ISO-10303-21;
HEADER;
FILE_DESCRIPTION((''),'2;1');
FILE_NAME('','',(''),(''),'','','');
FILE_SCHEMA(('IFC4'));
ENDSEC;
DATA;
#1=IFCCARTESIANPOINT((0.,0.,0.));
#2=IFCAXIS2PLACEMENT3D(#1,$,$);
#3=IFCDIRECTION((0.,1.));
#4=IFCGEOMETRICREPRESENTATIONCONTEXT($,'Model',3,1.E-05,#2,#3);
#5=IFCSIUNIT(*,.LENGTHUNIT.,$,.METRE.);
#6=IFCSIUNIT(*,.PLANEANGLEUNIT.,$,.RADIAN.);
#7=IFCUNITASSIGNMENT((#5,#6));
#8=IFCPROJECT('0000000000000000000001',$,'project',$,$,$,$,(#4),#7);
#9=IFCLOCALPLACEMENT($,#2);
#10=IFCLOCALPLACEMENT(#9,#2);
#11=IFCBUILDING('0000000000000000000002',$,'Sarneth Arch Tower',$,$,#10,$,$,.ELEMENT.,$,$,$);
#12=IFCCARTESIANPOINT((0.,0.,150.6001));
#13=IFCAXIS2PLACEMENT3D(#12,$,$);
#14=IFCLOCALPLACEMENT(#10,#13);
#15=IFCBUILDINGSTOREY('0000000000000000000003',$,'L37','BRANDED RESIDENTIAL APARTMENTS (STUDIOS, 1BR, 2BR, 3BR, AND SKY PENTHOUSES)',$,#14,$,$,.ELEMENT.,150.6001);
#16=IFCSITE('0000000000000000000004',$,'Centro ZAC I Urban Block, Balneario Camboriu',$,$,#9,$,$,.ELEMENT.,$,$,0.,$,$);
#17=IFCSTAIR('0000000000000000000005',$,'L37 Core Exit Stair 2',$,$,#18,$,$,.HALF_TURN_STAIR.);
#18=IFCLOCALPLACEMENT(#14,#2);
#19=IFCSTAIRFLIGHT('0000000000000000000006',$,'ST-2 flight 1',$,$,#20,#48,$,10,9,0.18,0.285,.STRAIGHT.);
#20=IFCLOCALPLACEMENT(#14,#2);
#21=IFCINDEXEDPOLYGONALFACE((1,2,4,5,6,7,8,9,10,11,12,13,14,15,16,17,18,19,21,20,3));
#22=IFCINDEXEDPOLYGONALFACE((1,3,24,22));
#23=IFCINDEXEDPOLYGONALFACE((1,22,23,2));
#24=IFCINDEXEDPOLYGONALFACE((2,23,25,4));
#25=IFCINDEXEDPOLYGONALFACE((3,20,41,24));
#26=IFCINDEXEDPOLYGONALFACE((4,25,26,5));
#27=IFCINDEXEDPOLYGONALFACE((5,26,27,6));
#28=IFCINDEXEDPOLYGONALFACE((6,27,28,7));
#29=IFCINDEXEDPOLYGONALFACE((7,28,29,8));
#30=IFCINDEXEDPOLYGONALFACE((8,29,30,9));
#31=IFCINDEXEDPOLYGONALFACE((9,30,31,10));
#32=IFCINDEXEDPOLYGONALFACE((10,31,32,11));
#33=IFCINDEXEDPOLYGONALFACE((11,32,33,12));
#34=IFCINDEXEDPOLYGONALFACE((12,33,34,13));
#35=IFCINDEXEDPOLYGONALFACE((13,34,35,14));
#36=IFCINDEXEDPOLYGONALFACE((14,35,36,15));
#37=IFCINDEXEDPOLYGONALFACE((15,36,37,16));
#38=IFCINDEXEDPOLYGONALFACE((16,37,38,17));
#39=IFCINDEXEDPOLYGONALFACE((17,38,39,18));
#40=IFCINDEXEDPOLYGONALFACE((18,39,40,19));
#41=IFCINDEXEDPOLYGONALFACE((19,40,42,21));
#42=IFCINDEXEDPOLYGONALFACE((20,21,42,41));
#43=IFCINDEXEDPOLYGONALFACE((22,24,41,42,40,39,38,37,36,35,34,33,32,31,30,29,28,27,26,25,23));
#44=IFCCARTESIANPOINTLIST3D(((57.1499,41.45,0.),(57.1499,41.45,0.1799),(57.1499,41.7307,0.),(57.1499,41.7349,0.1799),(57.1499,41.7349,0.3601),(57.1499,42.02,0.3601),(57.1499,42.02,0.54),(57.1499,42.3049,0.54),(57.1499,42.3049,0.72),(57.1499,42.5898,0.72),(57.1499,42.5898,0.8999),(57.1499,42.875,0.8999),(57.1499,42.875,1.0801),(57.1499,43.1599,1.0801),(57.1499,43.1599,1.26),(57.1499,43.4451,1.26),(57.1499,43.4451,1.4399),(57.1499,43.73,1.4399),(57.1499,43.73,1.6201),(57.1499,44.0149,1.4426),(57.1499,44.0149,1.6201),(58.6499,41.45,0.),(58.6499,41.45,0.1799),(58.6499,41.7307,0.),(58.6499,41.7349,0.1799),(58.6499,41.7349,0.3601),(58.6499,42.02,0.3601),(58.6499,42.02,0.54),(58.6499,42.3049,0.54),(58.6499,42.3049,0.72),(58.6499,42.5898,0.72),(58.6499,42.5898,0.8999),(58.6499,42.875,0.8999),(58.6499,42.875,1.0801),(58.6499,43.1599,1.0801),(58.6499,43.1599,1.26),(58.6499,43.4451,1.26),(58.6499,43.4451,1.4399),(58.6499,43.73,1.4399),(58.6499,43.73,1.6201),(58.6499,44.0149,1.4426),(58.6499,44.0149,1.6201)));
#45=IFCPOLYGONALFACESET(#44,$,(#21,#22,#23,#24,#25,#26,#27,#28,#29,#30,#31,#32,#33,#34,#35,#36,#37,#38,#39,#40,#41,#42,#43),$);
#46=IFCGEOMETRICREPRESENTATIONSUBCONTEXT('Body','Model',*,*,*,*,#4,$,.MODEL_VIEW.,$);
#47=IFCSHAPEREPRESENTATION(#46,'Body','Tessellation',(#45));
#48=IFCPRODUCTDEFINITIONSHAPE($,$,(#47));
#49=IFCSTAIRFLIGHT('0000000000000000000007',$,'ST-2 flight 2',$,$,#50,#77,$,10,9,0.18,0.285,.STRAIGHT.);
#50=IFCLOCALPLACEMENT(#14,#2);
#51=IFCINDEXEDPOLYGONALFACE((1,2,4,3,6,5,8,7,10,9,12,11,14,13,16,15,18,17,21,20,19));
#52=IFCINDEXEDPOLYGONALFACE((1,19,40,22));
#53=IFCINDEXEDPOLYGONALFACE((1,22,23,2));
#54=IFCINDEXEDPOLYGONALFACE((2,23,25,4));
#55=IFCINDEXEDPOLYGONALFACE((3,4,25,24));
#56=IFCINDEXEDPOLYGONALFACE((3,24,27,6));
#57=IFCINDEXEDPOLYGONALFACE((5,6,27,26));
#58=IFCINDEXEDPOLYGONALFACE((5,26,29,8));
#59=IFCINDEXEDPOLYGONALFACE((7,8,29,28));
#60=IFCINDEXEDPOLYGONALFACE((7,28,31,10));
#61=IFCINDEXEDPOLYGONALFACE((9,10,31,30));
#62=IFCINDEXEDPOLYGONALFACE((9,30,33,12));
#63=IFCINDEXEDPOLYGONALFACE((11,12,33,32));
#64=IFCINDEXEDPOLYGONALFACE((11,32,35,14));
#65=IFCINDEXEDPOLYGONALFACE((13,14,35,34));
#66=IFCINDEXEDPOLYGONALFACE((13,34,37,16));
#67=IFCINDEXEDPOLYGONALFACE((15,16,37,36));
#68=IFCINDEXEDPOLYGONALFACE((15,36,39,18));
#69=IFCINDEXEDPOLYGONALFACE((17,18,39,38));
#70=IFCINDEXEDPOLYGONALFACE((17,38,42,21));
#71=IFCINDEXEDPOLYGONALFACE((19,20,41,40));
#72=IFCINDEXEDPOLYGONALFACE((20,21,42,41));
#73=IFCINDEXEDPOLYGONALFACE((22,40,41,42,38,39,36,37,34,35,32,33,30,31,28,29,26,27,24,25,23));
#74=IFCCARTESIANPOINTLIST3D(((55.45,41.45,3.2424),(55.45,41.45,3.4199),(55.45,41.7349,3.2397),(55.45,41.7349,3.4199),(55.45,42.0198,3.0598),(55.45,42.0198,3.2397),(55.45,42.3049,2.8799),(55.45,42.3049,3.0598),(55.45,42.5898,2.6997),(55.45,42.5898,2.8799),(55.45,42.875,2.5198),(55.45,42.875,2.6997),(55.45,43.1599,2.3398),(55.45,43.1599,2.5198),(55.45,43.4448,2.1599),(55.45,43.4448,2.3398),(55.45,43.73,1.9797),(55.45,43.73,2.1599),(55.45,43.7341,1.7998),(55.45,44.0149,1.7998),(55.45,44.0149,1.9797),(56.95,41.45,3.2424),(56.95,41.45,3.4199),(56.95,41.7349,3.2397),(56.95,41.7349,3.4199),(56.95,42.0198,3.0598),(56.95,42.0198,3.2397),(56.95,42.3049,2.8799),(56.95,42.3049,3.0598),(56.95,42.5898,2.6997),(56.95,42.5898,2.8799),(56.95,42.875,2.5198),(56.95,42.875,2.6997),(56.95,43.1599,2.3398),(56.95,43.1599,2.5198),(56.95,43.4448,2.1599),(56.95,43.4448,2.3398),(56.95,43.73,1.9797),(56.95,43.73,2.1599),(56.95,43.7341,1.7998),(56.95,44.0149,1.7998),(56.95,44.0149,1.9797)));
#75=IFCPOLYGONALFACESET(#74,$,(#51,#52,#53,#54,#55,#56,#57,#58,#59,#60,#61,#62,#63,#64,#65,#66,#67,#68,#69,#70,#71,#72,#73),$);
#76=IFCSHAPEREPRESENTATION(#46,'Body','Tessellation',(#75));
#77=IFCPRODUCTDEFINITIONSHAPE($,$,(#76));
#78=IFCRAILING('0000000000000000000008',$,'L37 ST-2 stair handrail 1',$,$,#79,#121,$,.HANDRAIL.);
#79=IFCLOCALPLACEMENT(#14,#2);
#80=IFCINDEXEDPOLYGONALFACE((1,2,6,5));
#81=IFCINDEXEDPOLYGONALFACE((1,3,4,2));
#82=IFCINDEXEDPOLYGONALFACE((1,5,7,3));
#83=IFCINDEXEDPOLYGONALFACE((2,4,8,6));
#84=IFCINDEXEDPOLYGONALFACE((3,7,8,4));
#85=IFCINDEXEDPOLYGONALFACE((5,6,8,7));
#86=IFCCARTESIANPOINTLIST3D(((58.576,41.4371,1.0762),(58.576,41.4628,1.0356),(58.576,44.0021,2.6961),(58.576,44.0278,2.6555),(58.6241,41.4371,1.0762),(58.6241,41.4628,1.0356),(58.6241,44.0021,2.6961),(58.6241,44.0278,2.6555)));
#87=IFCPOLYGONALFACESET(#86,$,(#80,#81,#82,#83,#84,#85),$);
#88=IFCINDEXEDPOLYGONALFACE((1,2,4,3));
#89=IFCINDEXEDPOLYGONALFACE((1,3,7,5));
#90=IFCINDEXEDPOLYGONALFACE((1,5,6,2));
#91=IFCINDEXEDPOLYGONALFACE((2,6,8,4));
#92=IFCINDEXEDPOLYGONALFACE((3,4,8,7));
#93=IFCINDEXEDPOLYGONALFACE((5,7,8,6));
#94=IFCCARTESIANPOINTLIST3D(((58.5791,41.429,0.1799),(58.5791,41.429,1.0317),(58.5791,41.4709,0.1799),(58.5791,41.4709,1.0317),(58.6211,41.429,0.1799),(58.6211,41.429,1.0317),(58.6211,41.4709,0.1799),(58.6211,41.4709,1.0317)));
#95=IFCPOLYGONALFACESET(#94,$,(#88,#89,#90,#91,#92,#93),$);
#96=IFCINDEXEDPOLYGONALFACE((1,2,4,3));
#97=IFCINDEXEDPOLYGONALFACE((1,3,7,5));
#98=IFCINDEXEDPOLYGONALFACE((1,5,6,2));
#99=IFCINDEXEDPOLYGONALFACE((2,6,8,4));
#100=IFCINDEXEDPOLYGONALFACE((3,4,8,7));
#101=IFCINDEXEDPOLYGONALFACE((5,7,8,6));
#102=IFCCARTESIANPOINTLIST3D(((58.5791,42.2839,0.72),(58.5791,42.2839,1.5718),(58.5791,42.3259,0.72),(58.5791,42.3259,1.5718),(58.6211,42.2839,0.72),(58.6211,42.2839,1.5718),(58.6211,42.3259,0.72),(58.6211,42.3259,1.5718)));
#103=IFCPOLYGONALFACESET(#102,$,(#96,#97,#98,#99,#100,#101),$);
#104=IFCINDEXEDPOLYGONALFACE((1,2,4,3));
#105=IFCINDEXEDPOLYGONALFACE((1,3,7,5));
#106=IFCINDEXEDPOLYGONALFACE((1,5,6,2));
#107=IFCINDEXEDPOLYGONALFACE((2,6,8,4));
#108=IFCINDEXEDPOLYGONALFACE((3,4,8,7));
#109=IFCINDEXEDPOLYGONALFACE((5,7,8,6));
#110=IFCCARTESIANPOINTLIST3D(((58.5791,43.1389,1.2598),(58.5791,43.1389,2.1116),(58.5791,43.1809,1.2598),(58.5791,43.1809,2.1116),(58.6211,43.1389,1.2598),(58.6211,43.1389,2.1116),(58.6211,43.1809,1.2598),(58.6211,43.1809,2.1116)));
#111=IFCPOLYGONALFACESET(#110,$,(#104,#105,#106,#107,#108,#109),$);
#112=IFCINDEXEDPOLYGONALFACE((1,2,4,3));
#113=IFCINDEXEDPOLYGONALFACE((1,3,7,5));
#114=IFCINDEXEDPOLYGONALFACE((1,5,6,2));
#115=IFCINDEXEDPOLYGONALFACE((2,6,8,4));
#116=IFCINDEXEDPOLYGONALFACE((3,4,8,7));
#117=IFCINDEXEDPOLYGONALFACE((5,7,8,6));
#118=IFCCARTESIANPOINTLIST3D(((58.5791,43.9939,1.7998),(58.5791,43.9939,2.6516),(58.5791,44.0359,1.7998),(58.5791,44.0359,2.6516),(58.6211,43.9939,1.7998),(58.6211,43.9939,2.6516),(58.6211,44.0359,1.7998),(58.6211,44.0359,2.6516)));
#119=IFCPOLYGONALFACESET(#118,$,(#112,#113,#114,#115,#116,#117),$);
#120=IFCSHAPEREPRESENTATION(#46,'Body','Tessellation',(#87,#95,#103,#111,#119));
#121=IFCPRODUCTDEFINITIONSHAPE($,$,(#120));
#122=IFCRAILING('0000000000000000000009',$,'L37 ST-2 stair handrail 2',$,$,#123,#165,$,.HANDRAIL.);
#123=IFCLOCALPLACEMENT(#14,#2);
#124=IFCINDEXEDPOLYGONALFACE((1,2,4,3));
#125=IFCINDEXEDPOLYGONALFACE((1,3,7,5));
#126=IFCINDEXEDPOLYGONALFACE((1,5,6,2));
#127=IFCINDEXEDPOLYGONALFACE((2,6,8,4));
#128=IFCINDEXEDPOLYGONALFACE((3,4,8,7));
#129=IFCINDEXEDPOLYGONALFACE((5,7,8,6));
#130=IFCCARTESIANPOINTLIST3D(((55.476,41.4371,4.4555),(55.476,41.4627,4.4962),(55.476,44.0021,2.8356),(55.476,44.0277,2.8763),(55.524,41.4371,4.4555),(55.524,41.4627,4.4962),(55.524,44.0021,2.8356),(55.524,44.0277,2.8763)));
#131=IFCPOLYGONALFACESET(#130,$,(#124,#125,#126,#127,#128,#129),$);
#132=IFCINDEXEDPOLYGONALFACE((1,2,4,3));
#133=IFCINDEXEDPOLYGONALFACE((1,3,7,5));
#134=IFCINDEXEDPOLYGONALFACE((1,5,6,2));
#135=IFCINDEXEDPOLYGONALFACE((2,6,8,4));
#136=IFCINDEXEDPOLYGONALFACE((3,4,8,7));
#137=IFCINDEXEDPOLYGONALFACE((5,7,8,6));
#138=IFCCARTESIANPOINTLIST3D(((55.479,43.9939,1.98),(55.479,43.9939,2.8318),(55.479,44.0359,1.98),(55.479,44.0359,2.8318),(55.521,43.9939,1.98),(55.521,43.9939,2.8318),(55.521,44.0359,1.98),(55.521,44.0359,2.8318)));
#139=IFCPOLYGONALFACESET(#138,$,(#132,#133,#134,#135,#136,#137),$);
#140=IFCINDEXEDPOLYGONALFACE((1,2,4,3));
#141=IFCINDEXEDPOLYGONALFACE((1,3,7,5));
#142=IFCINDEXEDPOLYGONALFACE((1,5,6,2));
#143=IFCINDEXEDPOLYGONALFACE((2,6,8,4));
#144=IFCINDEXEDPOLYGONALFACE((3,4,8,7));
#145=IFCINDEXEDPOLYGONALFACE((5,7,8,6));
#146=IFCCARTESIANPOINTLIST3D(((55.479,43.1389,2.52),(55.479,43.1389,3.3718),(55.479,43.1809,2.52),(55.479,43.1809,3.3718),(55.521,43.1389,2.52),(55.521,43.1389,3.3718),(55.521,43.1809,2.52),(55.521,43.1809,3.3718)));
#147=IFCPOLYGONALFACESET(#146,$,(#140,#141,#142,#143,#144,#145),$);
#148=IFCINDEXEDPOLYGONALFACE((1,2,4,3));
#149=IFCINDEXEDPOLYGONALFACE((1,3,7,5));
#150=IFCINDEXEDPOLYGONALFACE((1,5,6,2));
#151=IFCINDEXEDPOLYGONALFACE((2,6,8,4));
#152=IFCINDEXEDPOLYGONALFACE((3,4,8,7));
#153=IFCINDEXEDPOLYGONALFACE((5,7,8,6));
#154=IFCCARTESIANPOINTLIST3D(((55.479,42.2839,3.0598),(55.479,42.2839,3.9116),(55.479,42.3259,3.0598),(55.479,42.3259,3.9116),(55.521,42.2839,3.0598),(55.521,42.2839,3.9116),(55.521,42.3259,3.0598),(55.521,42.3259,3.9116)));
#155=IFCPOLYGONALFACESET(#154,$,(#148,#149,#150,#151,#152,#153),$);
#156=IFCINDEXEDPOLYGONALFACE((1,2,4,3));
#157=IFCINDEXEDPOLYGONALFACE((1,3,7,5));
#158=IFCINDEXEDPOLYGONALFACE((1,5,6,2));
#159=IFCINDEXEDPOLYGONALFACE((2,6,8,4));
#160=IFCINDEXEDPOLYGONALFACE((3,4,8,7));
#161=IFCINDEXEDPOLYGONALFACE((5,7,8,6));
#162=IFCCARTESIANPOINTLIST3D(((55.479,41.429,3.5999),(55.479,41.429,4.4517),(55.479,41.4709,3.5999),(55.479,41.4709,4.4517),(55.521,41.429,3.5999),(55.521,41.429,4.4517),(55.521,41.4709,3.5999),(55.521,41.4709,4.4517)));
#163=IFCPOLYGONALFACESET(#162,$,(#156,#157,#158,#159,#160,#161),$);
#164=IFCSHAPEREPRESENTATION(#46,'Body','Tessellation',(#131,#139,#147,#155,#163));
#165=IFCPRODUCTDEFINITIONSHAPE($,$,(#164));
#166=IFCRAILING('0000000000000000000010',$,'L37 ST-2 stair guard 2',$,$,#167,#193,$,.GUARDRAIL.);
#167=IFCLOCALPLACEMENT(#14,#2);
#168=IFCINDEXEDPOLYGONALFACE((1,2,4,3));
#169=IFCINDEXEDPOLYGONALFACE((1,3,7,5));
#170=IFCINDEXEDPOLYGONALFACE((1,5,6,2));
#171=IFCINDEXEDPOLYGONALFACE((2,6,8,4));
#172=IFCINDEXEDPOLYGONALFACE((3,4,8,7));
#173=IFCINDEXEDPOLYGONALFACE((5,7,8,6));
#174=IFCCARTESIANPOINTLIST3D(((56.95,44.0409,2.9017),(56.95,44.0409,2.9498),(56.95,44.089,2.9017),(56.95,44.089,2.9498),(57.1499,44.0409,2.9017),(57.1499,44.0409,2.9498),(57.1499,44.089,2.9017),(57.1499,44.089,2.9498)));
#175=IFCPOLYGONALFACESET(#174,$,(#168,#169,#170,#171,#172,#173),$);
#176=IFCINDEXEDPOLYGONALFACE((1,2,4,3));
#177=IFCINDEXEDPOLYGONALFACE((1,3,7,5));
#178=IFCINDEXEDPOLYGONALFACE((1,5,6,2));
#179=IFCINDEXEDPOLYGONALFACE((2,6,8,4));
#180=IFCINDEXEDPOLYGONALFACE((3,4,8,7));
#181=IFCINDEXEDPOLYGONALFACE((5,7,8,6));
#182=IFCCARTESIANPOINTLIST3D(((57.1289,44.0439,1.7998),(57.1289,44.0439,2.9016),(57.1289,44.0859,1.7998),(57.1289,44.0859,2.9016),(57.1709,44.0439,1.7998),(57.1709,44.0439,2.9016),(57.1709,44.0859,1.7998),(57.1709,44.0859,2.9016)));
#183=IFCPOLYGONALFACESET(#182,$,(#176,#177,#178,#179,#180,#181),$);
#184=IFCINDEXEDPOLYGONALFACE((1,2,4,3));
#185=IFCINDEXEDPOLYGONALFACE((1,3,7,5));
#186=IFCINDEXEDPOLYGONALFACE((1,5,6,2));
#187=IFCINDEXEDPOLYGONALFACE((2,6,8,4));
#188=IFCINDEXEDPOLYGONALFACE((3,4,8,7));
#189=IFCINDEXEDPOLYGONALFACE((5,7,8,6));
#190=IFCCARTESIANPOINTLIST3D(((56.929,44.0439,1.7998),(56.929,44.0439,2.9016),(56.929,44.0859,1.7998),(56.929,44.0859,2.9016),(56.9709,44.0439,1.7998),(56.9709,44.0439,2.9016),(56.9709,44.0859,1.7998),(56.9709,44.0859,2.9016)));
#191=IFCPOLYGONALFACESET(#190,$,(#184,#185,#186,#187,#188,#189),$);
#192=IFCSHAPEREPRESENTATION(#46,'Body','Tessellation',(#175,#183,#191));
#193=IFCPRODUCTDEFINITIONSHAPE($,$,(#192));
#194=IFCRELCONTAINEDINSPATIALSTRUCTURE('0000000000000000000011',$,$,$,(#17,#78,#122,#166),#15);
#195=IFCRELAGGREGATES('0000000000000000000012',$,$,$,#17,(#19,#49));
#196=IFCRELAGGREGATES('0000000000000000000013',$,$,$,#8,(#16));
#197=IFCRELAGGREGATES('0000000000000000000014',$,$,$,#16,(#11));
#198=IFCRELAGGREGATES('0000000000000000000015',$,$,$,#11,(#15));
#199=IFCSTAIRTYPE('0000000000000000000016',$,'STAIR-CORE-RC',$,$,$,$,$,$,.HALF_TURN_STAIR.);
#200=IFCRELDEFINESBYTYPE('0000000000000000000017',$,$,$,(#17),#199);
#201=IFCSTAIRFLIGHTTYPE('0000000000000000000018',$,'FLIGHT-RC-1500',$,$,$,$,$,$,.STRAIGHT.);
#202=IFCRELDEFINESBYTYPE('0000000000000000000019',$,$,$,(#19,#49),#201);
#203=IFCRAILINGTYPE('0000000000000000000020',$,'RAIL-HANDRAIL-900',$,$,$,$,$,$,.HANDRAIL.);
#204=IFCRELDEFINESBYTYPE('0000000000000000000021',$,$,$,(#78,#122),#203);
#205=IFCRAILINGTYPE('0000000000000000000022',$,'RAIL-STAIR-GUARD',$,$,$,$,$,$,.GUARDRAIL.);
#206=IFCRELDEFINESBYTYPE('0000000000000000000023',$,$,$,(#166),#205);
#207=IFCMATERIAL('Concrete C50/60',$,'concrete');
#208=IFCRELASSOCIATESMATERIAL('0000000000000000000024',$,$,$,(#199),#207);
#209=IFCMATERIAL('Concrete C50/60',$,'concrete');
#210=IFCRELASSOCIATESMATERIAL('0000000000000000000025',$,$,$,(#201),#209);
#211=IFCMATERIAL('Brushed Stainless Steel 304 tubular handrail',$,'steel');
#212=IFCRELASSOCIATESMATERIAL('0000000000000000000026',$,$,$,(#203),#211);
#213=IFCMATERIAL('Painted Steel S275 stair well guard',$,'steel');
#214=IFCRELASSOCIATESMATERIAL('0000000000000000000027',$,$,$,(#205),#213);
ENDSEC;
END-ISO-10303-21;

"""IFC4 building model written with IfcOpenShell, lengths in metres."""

from ifc_helpers import new_model, si_unit, direction, frame, origin, origin_2d, place, context, subcontext, project, spatial, polyline, rectangle, outline, extrude, material, type_object, element, aggregate, save


model = new_model("IFC4")

# Units and contexts
model_context = context("Model", 3, precision=1e-05, world=origin(), true_north=direction((0.0, 1.0)))
body_context = subcontext(model_context, "Body", "Model", "MODEL_VIEW")
ifc_project = project(units=[si_unit("LENGTHUNIT", "METRE"), si_unit("PLANEANGLEUNIT", "RADIAN")], contexts=[model_context])

# Site, building, storey
site_placement = place(None, origin())
site = spatial("IfcSite", under=ifc_project, at=site_placement, Name="Centro ZAC I Urban Block, Balneario Camboriu", CompositionType="ELEMENT", RefElevation=0.0)
building_placement = place(site_placement, origin())
building = spatial("IfcBuilding", under=site, at=building_placement, Name="Sarneth Arch Tower", CompositionType="ELEMENT")
storey_placement = place(building_placement, frame((0.0, 0.0, 150.6001)))
storey = spatial("IfcBuildingStorey", under=building, at=storey_placement, Name="L37", Description="BRANDED RESIDENTIAL APARTMENTS (STUDIOS, 1BR, 2BR, 3BR, AND SKY PENTHOUSES)", CompositionType="ELEMENT", Elevation=150.6001)

# Stair, stair flights
ifc_material_1 = material(Name="Concrete C50/60", Category="concrete")
stair_type = type_object("IfcStairType", Name="STAIR-CORE-RC", PredefinedType="HALF_TURN_STAIR", material=ifc_material_1)
stair_placement = place(storey_placement, origin())
stair = element("IfcStair", 1, at=stair_placement, inside=storey, type_object=stair_type, Name="L37 Core Exit Stair 2", PredefinedType="HALF_TURN_STAIR")
ifc_material_2 = material(Name="Concrete C50/60", Category="concrete")
stair_flight_type = type_object("IfcStairFlightType", Name="FLIGHT-RC-1500", PredefinedType="STRAIGHT", material=ifc_material_2)
stair_flight_1_placement = place(storey_placement, frame((57.8999, 41.45, 0.0), z_axis=(0.0, 0.0, 1.0), x_axis=(0.0, 1.0, 0.0)))
stair_flight_1 = element("IfcStairFlight", 2, at=stair_flight_1_placement, type_object=stair_flight_type, Name="ST-2 flight 1", NumberOfRisers=10, NumberOfTreads=9, PredefinedType="STRAIGHT", RiserHeight=0.18, TreadLength=0.285, context=body_context, shape_type="SweptSolid", body=[
    extrude(outline(polyline([(0.0, 0.0), (0.0, 0.1799), (0.2849, 0.1799), (0.2849, 0.3601), (0.5701, 0.3601), (0.5701, 0.54), (0.855, 0.54), (0.855, 0.72), (1.1399, 0.72), (1.1399, 0.8999), (1.425, 0.8999), (1.425, 1.0801), (1.71, 1.0801), (1.71, 1.26), (1.9951, 1.26), (1.9951, 1.4399), (2.28, 1.4399), (2.28, 1.6201), (2.5649, 1.6201), (2.5649, 1.8), (2.5649, 1.4426), (0.2808, 0.0), (0.0, 0.0)])), frame((0.0, 0.75, 0.0), z_axis=(0.0, -1.0, 0.0), x_axis=(1.0, 0.0, 0.0)), (0.0, 0.0, 1.0), 1.5),
])
stair_flight_2_placement = place(storey_placement, frame((56.2, 44.0149, 1.7998), z_axis=(0.0, 0.0, 1.0), x_axis=(0.0, -1.0, 0.0)))
stair_flight_2 = element("IfcStairFlight", 3, at=stair_flight_2_placement, type_object=stair_flight_type, Name="ST-2 flight 2", NumberOfRisers=10, NumberOfTreads=9, PredefinedType="STRAIGHT", RiserHeight=0.18, TreadLength=0.285, context=body_context, shape_type="SweptSolid", body=[
    extrude(outline(polyline([(0.0, 0.0), (0.0, 0.1799), (0.2849, 0.1799), (0.2849, 0.3601), (0.5701, 0.3601), (0.5701, 0.54), (0.855, 0.54), (0.855, 0.72), (1.1399, 0.72), (1.1399, 0.8999), (1.425, 0.8999), (1.425, 1.0801), (1.71, 1.0801), (1.71, 1.26), (1.9951, 1.26), (1.9951, 1.4399), (2.28, 1.4399), (2.28, 1.6201), (2.5649, 1.6201), (2.5649, 1.8), (2.5649, 1.4426), (0.2808, 0.0), (0.0, 0.0)])), frame((0.0, 0.75, 0.0), z_axis=(0.0, -1.0, 0.0), x_axis=(1.0, 0.0, 0.0)), (0.0, 0.0, 1.0), 1.5),
])
aggregate(stair, [stair_flight_1, stair_flight_2])

# Railings
ifc_material_3 = material(Name="Brushed Stainless Steel 304 tubular handrail", Category="steel")
railing_type_1 = type_object("IfcRailingType", Name="RAIL-HANDRAIL-900", PredefinedType="HANDRAIL", material=ifc_material_3)
railing_1_placement = place(storey_placement, frame((58.6001, 41.45, 0.1799)))
element("IfcRailing", 4, at=railing_1_placement, inside=storey, type_object=railing_type_1, Name="L37 ST-2 stair handrail 1", PredefinedType="HANDRAIL", context=body_context, shape_type="SweptSolid", body=[
    extrude(rectangle(XDim=0.0481, YDim=0.0481, at=origin_2d()), frame((0.0, 0.0, 0.876), z_axis=(0.0, 0.845502, 0.533972), x_axis=(-1.0, 0.0, 0.0)), (0.0, 0.0, 1.0), 3.0337),
    extrude(rectangle(XDim=0.042, YDim=0.042, at=origin_2d()), origin(), (0.0, 0.0, 1.0), 0.8518),
    extrude(rectangle(XDim=0.042, YDim=0.042, at=origin_2d()), frame((0.0, 0.855, 0.54)), (0.0, 0.0, 1.0), 0.8518),
    extrude(rectangle(XDim=0.042, YDim=0.042, at=origin_2d()), frame((0.0, 1.71, 1.0798)), (0.0, 0.0, 1.0), 0.8518),
    extrude(rectangle(XDim=0.042, YDim=0.042, at=origin_2d()), frame((0.0, 2.5649, 1.6199)), (0.0, 0.0, 1.0), 0.8518),
])
railing_2_placement = place(storey_placement, frame((55.5, 44.0149, 1.98)))
element("IfcRailing", 5, at=railing_2_placement, inside=storey, type_object=railing_type_1, Name="L37 ST-2 stair handrail 2", PredefinedType="HANDRAIL", context=body_context, shape_type="SweptSolid", body=[
    extrude(rectangle(XDim=0.0481, YDim=0.0481, at=origin_2d()), frame((0.0, 0.0, 0.876), z_axis=(0.0, -0.845502, 0.533972), x_axis=(1.0, 0.0, 0.0)), (0.0, 0.0, 1.0), 3.0337),
    extrude(rectangle(XDim=0.042, YDim=0.042, at=origin_2d()), origin(), (0.0, 0.0, 1.0), 0.8518),
    extrude(rectangle(XDim=0.042, YDim=0.042, at=origin_2d()), frame((0.0, -0.855, 0.54)), (0.0, 0.0, 1.0), 0.8518),
    extrude(rectangle(XDim=0.042, YDim=0.042, at=origin_2d()), frame((0.0, -1.71, 1.0798)), (0.0, 0.0, 1.0), 0.8518),
    extrude(rectangle(XDim=0.042, YDim=0.042, at=origin_2d()), frame((0.0, -2.5649, 1.6199)), (0.0, 0.0, 1.0), 0.8518),
])
ifc_material_4 = material(Name="Painted Steel S275 stair well guard", Category="steel")
railing_type_2 = type_object("IfcRailingType", Name="RAIL-STAIR-GUARD", PredefinedType="GUARDRAIL", material=ifc_material_4)
railing_3_placement = place(storey_placement, frame((57.1499, 44.0649, 1.7998)))
element("IfcRailing", 6, at=railing_3_placement, inside=storey, type_object=railing_type_2, Name="L37 ST-2 stair guard 2", PredefinedType="GUARDRAIL", context=body_context, shape_type="SweptSolid", body=[
    extrude(rectangle(XDim=0.0481, YDim=0.0481, at=origin_2d()), frame((0.0, 0.0, 1.126), z_axis=(-1.0, 0.0, 0.0), x_axis=(0.0, -1.0, 0.0)), (0.0, 0.0, 1.0), 0.2),
    extrude(rectangle(XDim=0.042, YDim=0.042, at=origin_2d()), origin(), (0.0, 0.0, 1.0), 1.1018),
    extrude(rectangle(XDim=0.042, YDim=0.042, at=origin_2d()), frame((-0.2, 0.0, 0.0)), (0.0, 0.0, 1.0), 1.1018),
])

save(model, "model.ifc")
